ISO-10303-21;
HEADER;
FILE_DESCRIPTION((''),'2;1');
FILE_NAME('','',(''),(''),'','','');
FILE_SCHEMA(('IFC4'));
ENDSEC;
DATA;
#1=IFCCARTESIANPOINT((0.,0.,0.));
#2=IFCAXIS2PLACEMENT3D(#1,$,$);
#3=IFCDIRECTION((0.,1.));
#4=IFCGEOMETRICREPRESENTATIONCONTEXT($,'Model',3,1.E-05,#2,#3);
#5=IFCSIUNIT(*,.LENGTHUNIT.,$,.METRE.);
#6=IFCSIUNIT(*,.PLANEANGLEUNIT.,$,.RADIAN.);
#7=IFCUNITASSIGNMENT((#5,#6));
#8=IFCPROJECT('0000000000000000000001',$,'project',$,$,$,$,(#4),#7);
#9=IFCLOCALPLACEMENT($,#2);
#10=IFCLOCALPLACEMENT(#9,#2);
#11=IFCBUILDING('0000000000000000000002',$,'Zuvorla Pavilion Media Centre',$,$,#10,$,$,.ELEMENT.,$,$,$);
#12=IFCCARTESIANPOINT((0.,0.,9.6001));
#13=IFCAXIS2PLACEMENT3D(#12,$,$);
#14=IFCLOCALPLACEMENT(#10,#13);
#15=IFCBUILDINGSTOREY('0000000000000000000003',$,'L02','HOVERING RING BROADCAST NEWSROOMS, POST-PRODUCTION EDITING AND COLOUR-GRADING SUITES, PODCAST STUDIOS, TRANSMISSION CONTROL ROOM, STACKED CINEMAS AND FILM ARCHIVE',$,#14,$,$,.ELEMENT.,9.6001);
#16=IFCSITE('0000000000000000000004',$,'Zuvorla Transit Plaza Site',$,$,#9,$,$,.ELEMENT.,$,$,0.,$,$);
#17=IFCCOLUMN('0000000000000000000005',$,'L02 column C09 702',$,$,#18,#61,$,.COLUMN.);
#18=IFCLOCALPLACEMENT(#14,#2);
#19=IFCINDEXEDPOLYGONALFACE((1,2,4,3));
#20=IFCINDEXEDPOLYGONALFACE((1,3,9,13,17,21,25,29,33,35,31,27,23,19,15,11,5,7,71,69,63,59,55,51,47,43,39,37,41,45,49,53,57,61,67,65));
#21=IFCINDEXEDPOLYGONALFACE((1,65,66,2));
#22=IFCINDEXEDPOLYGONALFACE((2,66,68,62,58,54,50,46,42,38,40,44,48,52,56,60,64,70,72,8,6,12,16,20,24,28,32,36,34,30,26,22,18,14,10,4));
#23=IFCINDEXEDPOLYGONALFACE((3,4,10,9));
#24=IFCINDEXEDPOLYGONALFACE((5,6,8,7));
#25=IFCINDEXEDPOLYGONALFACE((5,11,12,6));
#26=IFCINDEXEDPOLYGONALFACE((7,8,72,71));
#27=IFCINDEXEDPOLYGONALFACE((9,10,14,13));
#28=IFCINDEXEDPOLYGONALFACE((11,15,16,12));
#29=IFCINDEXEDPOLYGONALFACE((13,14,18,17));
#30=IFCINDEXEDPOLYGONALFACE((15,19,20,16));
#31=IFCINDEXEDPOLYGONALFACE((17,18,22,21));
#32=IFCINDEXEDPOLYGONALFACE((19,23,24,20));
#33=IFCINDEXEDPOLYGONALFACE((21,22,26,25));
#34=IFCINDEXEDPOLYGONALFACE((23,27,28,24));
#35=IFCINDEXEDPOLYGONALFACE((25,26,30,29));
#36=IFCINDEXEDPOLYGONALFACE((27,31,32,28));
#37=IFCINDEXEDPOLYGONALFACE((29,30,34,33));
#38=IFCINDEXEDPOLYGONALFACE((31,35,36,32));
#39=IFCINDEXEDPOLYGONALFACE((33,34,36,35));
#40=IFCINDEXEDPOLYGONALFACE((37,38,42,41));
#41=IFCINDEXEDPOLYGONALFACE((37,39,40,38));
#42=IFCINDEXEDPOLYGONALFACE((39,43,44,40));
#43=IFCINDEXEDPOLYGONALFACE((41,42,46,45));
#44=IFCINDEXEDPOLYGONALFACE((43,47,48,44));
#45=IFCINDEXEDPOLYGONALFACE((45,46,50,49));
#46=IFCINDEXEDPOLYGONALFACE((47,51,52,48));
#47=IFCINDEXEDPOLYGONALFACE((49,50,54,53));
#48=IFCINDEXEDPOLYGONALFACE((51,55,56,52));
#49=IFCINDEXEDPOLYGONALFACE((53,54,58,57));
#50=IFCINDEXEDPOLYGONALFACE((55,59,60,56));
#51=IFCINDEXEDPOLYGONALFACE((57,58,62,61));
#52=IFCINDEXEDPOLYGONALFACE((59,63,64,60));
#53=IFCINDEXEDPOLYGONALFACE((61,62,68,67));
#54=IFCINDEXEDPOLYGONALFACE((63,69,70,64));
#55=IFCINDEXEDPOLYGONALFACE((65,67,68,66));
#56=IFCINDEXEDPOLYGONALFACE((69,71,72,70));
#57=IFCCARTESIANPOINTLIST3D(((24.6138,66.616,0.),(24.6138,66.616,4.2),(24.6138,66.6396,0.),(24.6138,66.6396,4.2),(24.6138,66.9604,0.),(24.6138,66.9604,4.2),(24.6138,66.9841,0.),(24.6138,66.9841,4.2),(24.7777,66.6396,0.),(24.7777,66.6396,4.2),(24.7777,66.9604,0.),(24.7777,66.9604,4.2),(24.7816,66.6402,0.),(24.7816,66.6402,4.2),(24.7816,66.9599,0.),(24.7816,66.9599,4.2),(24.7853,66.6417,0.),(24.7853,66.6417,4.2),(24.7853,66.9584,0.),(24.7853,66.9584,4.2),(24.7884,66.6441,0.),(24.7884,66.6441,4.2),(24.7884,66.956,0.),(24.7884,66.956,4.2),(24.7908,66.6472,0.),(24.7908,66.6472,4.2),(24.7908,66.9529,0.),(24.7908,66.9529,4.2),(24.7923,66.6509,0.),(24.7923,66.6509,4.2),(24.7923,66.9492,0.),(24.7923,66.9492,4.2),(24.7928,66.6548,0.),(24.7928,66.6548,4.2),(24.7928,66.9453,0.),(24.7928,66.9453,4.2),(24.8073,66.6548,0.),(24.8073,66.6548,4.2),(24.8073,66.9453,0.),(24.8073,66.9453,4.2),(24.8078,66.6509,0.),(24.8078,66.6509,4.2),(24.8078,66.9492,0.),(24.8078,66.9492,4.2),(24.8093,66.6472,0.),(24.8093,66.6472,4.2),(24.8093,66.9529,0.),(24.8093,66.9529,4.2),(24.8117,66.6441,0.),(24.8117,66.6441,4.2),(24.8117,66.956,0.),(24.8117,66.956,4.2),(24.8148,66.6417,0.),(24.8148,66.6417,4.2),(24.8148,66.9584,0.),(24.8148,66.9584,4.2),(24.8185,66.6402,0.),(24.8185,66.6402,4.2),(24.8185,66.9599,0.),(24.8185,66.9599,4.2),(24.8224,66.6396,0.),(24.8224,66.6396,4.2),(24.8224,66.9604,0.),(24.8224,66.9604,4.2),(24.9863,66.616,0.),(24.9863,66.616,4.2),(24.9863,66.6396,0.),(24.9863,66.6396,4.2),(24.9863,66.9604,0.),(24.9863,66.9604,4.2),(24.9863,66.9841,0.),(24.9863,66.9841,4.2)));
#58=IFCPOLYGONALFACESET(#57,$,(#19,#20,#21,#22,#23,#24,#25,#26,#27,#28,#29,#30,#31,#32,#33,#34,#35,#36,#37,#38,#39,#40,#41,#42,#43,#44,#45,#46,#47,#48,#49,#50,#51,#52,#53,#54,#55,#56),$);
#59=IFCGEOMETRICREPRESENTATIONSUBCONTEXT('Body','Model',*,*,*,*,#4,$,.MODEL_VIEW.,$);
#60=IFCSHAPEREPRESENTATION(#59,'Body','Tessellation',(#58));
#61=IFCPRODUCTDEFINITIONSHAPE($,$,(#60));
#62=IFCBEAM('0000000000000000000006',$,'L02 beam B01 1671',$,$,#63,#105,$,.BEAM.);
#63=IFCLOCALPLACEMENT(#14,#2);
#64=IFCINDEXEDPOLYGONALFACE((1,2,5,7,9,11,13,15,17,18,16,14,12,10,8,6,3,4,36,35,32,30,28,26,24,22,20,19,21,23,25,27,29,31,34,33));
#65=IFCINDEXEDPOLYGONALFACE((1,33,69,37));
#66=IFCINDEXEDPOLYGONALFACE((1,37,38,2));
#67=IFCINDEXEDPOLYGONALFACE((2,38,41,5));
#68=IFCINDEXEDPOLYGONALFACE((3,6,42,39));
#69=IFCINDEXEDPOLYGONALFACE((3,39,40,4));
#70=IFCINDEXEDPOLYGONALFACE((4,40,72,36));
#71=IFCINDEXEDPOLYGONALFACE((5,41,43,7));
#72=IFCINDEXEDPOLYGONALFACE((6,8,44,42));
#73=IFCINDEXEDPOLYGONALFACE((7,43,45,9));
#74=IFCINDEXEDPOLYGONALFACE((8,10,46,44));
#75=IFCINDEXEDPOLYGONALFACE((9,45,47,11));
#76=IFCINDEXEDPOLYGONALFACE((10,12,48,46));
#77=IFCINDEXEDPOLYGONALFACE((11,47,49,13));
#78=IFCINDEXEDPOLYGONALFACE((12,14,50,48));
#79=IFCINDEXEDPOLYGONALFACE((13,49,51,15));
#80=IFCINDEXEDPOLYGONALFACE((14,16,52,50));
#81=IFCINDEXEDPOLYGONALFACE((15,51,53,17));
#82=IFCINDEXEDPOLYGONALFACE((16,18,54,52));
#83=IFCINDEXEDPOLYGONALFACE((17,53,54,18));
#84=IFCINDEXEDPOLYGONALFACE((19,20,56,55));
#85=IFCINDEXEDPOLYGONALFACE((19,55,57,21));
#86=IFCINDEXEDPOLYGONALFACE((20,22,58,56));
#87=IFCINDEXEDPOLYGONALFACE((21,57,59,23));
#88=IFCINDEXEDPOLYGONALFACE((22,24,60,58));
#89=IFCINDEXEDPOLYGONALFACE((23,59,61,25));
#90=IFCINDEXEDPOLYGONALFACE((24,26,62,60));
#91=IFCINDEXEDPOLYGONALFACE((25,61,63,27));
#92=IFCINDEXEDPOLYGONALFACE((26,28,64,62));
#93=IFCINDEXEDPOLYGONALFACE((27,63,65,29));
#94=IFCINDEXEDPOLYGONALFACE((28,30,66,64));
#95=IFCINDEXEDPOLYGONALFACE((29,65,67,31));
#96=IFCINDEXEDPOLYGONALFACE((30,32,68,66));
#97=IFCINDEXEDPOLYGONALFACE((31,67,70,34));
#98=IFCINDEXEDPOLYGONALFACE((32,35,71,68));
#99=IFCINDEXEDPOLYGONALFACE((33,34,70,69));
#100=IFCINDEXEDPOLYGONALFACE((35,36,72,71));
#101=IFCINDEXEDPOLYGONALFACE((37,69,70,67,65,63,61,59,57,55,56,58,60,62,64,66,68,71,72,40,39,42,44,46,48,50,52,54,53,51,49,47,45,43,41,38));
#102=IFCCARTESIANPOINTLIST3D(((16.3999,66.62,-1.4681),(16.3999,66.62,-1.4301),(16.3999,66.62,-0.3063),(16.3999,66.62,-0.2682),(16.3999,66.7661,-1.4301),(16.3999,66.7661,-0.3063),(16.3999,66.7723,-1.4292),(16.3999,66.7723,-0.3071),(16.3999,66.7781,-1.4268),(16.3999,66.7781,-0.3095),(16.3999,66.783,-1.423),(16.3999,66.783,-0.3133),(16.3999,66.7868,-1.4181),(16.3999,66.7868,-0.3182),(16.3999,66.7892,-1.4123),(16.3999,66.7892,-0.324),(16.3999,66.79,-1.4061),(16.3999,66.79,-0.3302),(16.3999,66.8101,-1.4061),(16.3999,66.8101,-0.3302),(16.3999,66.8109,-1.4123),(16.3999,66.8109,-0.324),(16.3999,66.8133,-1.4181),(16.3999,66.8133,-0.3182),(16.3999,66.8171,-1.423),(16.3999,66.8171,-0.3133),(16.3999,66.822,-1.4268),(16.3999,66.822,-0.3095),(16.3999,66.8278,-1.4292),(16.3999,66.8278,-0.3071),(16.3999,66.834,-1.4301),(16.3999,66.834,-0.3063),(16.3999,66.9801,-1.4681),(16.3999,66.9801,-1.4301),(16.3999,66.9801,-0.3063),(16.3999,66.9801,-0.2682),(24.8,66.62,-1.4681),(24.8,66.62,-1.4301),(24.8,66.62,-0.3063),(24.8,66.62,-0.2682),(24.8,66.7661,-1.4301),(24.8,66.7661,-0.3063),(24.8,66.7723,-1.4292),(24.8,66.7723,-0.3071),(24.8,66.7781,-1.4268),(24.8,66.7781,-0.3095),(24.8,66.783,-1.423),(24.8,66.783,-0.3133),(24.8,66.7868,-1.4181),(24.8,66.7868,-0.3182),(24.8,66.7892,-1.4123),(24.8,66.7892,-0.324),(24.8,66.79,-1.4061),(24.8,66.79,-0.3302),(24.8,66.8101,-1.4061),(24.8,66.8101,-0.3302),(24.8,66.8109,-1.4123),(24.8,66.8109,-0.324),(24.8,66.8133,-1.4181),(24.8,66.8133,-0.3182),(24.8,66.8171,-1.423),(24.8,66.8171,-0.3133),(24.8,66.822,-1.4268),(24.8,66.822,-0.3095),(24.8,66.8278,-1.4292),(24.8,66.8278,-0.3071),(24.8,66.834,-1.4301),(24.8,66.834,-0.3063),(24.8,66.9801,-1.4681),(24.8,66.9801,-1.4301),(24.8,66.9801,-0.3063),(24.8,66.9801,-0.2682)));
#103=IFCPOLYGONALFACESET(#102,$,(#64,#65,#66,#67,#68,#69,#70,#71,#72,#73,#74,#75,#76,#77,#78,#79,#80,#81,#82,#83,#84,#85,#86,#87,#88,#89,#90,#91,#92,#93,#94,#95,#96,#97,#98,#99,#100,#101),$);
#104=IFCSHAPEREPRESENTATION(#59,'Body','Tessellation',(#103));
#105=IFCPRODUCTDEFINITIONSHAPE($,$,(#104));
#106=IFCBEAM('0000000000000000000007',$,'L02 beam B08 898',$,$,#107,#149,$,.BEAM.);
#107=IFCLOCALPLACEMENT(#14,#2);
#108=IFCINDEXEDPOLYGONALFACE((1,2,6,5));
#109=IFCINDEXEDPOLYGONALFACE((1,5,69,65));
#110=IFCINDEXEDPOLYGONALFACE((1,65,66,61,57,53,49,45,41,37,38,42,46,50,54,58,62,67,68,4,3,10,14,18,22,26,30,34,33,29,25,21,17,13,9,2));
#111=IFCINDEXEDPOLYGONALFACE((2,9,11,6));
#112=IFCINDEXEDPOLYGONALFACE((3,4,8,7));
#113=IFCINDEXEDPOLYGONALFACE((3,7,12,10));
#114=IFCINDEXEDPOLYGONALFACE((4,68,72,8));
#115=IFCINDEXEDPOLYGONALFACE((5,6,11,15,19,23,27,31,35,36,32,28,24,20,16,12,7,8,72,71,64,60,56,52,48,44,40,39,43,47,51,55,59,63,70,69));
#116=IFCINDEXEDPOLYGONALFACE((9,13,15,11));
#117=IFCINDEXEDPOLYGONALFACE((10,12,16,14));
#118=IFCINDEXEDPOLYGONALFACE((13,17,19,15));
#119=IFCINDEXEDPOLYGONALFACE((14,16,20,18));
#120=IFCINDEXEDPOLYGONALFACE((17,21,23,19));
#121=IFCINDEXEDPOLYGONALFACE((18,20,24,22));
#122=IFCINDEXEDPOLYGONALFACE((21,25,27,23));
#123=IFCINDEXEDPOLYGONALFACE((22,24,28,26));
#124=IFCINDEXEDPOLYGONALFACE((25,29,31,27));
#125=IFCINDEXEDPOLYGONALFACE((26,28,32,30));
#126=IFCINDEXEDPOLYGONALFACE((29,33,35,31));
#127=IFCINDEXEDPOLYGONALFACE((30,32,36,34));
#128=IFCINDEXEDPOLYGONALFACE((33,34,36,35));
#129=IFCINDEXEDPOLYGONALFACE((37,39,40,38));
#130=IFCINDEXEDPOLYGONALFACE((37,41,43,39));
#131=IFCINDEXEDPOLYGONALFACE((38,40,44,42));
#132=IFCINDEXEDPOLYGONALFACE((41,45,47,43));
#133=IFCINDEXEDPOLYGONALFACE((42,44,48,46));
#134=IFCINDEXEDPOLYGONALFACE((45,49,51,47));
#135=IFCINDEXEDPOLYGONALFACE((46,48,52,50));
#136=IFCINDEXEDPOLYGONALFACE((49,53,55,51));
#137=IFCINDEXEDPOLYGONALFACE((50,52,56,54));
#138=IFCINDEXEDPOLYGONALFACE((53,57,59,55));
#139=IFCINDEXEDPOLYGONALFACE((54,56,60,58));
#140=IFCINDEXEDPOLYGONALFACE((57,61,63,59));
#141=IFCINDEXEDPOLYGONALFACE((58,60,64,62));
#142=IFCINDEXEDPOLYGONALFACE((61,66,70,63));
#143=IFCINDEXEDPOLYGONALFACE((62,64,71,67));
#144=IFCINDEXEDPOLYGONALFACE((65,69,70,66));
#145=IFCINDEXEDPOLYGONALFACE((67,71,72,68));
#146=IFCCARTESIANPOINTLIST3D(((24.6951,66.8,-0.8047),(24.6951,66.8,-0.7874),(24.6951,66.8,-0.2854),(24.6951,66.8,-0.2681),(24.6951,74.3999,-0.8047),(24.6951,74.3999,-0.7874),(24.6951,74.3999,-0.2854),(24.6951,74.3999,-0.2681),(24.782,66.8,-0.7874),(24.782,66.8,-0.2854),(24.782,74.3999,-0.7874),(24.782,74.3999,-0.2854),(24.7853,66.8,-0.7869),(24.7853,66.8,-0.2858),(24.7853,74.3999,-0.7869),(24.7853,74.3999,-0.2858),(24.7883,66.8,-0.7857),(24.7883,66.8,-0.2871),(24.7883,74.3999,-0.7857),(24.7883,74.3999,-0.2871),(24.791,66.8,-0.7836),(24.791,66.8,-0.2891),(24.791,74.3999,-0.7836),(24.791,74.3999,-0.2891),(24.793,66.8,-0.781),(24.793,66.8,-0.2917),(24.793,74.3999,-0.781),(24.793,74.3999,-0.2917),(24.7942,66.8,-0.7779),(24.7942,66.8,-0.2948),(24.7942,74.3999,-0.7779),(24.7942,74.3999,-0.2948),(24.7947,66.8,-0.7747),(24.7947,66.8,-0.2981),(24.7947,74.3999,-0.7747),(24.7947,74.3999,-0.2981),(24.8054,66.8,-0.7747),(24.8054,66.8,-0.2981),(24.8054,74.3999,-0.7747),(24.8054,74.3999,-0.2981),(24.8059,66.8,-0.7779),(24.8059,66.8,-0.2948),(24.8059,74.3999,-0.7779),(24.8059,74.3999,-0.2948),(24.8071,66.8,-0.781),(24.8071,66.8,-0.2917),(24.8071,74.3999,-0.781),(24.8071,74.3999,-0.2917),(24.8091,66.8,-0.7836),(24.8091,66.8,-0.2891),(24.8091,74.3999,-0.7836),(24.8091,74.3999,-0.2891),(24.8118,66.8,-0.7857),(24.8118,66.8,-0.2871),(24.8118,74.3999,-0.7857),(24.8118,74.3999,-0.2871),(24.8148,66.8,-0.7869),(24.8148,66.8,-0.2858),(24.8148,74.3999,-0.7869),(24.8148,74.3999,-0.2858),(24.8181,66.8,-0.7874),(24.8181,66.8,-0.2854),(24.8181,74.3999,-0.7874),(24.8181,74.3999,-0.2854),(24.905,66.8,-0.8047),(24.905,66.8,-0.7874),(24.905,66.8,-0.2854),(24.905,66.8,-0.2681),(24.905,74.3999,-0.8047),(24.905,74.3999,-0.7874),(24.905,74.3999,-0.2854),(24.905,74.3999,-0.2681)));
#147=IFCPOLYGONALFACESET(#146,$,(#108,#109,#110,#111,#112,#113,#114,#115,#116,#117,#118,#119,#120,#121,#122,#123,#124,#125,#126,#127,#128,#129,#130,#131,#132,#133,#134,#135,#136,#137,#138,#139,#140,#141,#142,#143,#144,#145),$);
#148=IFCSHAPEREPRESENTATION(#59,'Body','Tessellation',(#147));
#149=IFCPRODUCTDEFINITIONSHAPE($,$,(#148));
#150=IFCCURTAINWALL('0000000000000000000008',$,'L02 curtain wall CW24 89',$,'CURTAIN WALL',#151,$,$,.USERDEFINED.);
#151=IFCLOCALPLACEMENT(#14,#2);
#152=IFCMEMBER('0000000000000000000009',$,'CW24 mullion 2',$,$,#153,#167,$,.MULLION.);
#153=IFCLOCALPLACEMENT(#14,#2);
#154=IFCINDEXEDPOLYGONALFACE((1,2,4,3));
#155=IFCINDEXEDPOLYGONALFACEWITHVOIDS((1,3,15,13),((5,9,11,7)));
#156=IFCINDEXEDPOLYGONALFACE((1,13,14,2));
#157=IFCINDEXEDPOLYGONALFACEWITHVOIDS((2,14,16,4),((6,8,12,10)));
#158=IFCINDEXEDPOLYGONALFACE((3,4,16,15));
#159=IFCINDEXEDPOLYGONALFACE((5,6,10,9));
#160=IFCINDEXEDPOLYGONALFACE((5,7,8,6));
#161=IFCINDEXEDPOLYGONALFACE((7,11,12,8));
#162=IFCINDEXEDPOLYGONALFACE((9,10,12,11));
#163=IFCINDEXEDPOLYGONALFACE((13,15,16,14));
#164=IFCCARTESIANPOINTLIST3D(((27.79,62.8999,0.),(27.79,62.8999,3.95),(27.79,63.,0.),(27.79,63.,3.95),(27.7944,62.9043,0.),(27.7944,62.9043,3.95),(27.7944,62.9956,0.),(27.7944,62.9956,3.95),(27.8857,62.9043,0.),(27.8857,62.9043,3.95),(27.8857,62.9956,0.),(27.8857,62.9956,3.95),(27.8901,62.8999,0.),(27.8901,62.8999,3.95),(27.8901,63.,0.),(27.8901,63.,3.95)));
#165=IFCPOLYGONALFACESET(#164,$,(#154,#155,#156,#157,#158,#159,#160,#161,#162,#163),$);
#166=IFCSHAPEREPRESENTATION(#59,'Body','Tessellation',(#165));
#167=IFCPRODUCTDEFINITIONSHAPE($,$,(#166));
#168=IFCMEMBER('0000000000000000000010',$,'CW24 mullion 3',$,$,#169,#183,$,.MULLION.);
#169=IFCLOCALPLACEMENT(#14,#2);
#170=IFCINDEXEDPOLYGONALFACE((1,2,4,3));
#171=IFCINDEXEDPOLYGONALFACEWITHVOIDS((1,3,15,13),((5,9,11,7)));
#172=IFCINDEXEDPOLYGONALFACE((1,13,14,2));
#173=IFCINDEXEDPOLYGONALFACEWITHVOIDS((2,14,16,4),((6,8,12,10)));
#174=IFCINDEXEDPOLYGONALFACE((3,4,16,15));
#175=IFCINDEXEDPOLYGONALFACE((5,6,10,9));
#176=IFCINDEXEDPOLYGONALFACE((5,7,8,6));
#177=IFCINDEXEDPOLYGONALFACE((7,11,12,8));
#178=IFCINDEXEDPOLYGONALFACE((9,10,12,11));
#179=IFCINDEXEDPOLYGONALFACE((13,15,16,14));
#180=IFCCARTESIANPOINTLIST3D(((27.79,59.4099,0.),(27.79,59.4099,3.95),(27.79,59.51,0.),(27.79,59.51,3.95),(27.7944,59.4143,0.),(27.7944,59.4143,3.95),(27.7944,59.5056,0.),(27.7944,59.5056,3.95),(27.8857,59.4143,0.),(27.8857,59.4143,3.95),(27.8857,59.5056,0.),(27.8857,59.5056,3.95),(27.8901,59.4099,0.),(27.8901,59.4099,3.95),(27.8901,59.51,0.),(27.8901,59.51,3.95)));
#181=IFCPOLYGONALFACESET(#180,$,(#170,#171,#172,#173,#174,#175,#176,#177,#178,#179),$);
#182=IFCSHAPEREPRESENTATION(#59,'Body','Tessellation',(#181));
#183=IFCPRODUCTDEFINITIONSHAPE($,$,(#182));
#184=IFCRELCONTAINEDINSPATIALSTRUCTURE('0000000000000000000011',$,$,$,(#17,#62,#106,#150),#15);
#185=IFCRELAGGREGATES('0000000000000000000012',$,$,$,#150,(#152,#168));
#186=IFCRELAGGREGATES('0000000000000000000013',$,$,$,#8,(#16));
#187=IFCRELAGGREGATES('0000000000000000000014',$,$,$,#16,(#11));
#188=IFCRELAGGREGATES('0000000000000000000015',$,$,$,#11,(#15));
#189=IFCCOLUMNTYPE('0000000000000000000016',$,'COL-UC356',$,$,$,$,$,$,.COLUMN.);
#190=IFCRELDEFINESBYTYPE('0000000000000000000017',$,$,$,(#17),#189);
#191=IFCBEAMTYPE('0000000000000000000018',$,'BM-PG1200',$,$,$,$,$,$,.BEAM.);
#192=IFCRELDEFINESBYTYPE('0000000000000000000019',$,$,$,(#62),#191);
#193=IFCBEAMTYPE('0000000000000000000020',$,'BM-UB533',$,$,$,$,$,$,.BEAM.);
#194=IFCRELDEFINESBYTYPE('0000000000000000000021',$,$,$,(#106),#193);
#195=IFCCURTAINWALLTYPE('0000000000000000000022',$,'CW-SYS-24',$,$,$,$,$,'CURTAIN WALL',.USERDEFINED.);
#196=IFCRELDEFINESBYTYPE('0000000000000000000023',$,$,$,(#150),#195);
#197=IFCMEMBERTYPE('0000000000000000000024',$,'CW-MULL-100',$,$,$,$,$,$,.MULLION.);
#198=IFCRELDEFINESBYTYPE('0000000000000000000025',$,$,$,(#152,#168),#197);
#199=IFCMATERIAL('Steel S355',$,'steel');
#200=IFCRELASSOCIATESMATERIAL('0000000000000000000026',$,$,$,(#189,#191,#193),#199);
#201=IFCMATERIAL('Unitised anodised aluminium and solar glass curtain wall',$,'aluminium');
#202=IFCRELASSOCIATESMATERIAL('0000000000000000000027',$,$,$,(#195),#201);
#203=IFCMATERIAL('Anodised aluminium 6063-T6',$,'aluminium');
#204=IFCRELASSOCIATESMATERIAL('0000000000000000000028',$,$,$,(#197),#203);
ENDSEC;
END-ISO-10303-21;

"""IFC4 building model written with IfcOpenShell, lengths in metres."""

from ifc_helpers import new_model, si_unit, direction, frame, origin, origin_2d, place, context, subcontext, project, spatial, hollow_rectangle, i_section, extrude, material, material_profile, profile_set, type_object, element, aggregate, save


model = new_model("IFC4")

# Units and contexts
model_context = context("Model", 3, precision=1e-05, world=origin(), true_north=direction((0.0, 1.0)))
body_context = subcontext(model_context, "Body", "Model", "MODEL_VIEW")
ifc_project = project(units=[si_unit("LENGTHUNIT", "METRE"), si_unit("PLANEANGLEUNIT", "RADIAN")], contexts=[model_context])

# Site, building, storey
site_placement = place(None, origin())
site = spatial("IfcSite", under=ifc_project, at=site_placement, Name="Zuvorla Transit Plaza Site", CompositionType="ELEMENT", RefElevation=0.0)
building_placement = place(site_placement, origin())
building = spatial("IfcBuilding", under=site, at=building_placement, Name="Zuvorla Pavilion Media Centre", CompositionType="ELEMENT")
storey_placement = place(building_placement, frame((0.0, 0.0, 9.6001)))
storey = spatial("IfcBuildingStorey", under=building, at=storey_placement, Name="L02", Description="HOVERING RING BROADCAST NEWSROOMS, POST-PRODUCTION EDITING AND COLOUR-GRADING SUITES, PODCAST STUDIOS, TRANSMISSION CONTROL ROOM, STACKED CINEMAS AND FILM ARCHIVE", CompositionType="ELEMENT", Elevation=9.6001)

# Column
ifc_material_1 = material(Name="Steel S355", Category="steel")
ifc_material_profile_1 = material_profile(ifc_material_1, i_section(OverallWidth=0.3726, OverallDepth=0.3682, WebThickness=0.0144, FlangeThickness=0.0237, FilletRadius=0.0151, at=origin_2d()), Name="UC 356x368x177")
ifc_profile_set_1 = profile_set([ifc_material_profile_1], Name="Steel S355")
column_type = type_object("IfcColumnType", Name="COL-UC356", PredefinedType="COLUMN", material=ifc_profile_set_1)
column_placement = place(storey_placement, frame((24.8, 66.8, 0.0), z_axis=(0.0, 0.0, 1.0), x_axis=(1.0, 0.0, 0.0)))
element("IfcColumn", 1, at=column_placement, inside=storey, type_object=column_type, Name="L02 column C09 702", PredefinedType="COLUMN", context=body_context, shape_type="SweptSolid", body=[
    extrude(i_section(OverallWidth=0.3726, OverallDepth=0.3682, WebThickness=0.0144, FlangeThickness=0.0237, FilletRadius=0.0151, at=origin_2d()), origin(), (0.0, 0.0, 1.0), 4.2),
])

# Beams
ifc_material_profile_2 = material_profile(ifc_material_1, i_section(OverallWidth=0.3601, OverallDepth=1.2, WebThickness=0.02, FlangeThickness=0.0381, FilletRadius=0.0239, at=origin_2d()), Name="PG 1200x360x38")
ifc_profile_set_2 = profile_set([ifc_material_profile_2], Name="Steel S355")
beam_type_1 = type_object("IfcBeamType", Name="BM-PG1200", PredefinedType="BEAM", material=ifc_profile_set_2)
beam_1_placement = place(storey_placement, frame((24.8, 66.8, -0.8682), z_axis=(-1.0, 0.0, 0.0), x_axis=(0.0, -1.0, 0.0)))
element("IfcBeam", 2, at=beam_1_placement, inside=storey, type_object=beam_type_1, Name="L02 beam B01 1671", PredefinedType="BEAM", context=body_context, shape_type="SweptSolid", body=[
    extrude(i_section(OverallWidth=0.3601, OverallDepth=1.2, WebThickness=0.02, FlangeThickness=0.0381, FilletRadius=0.0239, at=origin_2d()), origin(), (0.0, 0.0, 1.0), 8.4001),
])
ifc_material_profile_3 = material_profile(ifc_material_1, i_section(OverallWidth=0.21, OverallDepth=0.5366, WebThickness=0.0107, FlangeThickness=0.0173, FilletRadius=0.0127, at=origin_2d()), Name="UB 533x210x101")
ifc_profile_set_3 = profile_set([ifc_material_profile_3], Name="Steel S355")
beam_type_2 = type_object("IfcBeamType", Name="BM-UB533", PredefinedType="BEAM", material=ifc_profile_set_3)
beam_2_placement = place(storey_placement, frame((24.8, 66.8, -0.5364), z_axis=(0.0, 1.0, 0.0), x_axis=(-1.0, 0.0, 0.0)))
element("IfcBeam", 3, at=beam_2_placement, inside=storey, type_object=beam_type_2, Name="L02 beam B08 898", PredefinedType="BEAM", context=body_context, shape_type="SweptSolid", body=[
    extrude(i_section(OverallWidth=0.21, OverallDepth=0.5366, WebThickness=0.0107, FlangeThickness=0.0173, FilletRadius=0.0127, at=origin_2d()), origin(), (0.0, 0.0, 1.0), 7.5999),
])

# Curtain wall, members
ifc_material_2 = material(Name="Unitised anodised aluminium and solar glass curtain wall", Category="aluminium")
curtain_wall_type_1 = type_object("IfcCurtainWallType", Name="CW-SYS-24", ElementType="CURTAIN WALL", PredefinedType="USERDEFINED", material=ifc_material_2)
curtain_wall_1_placement = place(storey_placement, origin())
curtain_wall_1 = element("IfcCurtainWall", 4, at=curtain_wall_1_placement, inside=storey, type_object=curtain_wall_type_1, Name="L02 curtain wall CW24 89", ObjectType="CURTAIN WALL", PredefinedType="USERDEFINED")
ifc_material_3 = material(Name="Anodised aluminium 6063-T6", Category="aluminium")
ifc_material_profile_4 = material_profile(ifc_material_3, hollow_rectangle(XDim=0.1001, YDim=0.1001, WallThickness=0.0044, at=origin_2d()), Name="ALU MULL 100x100")
ifc_profile_set_4 = profile_set([ifc_material_profile_4], Name="Anodised aluminium 6063-T6")
member_type_1 = type_object("IfcMemberType", Name="CW-MULL-100", PredefinedType="MULLION", material=ifc_profile_set_4)
member_1_placement = place(storey_placement, frame((27.8401, 62.95, 0.0), z_axis=(0.0, 0.0, 1.0), x_axis=(1.0, 0.0, 0.0)))
member_1 = element("IfcMember", 5, at=member_1_placement, type_object=member_type_1, Name="CW24 mullion 2", PredefinedType="MULLION", context=body_context, shape_type="SweptSolid", body=[
    extrude(hollow_rectangle(XDim=0.1001, YDim=0.1001, WallThickness=0.0044, at=origin_2d()), origin(), (0.0, 0.0, 1.0), 3.95),
])
member_2_placement = place(storey_placement, frame((27.8401, 59.46, 0.0), z_axis=(0.0, 0.0, 1.0), x_axis=(1.0, 0.0, 0.0)))
member_2 = element("IfcMember", 6, at=member_2_placement, type_object=member_type_1, Name="CW24 mullion 3", PredefinedType="MULLION", context=body_context, shape_type="SweptSolid", body=[
    extrude(hollow_rectangle(XDim=0.1001, YDim=0.1001, WallThickness=0.0044, at=origin_2d()), origin(), (0.0, 0.0, 1.0), 3.95),
])

aggregate(curtain_wall_1, [member_1, member_2])

save(model, "model.ifc")
